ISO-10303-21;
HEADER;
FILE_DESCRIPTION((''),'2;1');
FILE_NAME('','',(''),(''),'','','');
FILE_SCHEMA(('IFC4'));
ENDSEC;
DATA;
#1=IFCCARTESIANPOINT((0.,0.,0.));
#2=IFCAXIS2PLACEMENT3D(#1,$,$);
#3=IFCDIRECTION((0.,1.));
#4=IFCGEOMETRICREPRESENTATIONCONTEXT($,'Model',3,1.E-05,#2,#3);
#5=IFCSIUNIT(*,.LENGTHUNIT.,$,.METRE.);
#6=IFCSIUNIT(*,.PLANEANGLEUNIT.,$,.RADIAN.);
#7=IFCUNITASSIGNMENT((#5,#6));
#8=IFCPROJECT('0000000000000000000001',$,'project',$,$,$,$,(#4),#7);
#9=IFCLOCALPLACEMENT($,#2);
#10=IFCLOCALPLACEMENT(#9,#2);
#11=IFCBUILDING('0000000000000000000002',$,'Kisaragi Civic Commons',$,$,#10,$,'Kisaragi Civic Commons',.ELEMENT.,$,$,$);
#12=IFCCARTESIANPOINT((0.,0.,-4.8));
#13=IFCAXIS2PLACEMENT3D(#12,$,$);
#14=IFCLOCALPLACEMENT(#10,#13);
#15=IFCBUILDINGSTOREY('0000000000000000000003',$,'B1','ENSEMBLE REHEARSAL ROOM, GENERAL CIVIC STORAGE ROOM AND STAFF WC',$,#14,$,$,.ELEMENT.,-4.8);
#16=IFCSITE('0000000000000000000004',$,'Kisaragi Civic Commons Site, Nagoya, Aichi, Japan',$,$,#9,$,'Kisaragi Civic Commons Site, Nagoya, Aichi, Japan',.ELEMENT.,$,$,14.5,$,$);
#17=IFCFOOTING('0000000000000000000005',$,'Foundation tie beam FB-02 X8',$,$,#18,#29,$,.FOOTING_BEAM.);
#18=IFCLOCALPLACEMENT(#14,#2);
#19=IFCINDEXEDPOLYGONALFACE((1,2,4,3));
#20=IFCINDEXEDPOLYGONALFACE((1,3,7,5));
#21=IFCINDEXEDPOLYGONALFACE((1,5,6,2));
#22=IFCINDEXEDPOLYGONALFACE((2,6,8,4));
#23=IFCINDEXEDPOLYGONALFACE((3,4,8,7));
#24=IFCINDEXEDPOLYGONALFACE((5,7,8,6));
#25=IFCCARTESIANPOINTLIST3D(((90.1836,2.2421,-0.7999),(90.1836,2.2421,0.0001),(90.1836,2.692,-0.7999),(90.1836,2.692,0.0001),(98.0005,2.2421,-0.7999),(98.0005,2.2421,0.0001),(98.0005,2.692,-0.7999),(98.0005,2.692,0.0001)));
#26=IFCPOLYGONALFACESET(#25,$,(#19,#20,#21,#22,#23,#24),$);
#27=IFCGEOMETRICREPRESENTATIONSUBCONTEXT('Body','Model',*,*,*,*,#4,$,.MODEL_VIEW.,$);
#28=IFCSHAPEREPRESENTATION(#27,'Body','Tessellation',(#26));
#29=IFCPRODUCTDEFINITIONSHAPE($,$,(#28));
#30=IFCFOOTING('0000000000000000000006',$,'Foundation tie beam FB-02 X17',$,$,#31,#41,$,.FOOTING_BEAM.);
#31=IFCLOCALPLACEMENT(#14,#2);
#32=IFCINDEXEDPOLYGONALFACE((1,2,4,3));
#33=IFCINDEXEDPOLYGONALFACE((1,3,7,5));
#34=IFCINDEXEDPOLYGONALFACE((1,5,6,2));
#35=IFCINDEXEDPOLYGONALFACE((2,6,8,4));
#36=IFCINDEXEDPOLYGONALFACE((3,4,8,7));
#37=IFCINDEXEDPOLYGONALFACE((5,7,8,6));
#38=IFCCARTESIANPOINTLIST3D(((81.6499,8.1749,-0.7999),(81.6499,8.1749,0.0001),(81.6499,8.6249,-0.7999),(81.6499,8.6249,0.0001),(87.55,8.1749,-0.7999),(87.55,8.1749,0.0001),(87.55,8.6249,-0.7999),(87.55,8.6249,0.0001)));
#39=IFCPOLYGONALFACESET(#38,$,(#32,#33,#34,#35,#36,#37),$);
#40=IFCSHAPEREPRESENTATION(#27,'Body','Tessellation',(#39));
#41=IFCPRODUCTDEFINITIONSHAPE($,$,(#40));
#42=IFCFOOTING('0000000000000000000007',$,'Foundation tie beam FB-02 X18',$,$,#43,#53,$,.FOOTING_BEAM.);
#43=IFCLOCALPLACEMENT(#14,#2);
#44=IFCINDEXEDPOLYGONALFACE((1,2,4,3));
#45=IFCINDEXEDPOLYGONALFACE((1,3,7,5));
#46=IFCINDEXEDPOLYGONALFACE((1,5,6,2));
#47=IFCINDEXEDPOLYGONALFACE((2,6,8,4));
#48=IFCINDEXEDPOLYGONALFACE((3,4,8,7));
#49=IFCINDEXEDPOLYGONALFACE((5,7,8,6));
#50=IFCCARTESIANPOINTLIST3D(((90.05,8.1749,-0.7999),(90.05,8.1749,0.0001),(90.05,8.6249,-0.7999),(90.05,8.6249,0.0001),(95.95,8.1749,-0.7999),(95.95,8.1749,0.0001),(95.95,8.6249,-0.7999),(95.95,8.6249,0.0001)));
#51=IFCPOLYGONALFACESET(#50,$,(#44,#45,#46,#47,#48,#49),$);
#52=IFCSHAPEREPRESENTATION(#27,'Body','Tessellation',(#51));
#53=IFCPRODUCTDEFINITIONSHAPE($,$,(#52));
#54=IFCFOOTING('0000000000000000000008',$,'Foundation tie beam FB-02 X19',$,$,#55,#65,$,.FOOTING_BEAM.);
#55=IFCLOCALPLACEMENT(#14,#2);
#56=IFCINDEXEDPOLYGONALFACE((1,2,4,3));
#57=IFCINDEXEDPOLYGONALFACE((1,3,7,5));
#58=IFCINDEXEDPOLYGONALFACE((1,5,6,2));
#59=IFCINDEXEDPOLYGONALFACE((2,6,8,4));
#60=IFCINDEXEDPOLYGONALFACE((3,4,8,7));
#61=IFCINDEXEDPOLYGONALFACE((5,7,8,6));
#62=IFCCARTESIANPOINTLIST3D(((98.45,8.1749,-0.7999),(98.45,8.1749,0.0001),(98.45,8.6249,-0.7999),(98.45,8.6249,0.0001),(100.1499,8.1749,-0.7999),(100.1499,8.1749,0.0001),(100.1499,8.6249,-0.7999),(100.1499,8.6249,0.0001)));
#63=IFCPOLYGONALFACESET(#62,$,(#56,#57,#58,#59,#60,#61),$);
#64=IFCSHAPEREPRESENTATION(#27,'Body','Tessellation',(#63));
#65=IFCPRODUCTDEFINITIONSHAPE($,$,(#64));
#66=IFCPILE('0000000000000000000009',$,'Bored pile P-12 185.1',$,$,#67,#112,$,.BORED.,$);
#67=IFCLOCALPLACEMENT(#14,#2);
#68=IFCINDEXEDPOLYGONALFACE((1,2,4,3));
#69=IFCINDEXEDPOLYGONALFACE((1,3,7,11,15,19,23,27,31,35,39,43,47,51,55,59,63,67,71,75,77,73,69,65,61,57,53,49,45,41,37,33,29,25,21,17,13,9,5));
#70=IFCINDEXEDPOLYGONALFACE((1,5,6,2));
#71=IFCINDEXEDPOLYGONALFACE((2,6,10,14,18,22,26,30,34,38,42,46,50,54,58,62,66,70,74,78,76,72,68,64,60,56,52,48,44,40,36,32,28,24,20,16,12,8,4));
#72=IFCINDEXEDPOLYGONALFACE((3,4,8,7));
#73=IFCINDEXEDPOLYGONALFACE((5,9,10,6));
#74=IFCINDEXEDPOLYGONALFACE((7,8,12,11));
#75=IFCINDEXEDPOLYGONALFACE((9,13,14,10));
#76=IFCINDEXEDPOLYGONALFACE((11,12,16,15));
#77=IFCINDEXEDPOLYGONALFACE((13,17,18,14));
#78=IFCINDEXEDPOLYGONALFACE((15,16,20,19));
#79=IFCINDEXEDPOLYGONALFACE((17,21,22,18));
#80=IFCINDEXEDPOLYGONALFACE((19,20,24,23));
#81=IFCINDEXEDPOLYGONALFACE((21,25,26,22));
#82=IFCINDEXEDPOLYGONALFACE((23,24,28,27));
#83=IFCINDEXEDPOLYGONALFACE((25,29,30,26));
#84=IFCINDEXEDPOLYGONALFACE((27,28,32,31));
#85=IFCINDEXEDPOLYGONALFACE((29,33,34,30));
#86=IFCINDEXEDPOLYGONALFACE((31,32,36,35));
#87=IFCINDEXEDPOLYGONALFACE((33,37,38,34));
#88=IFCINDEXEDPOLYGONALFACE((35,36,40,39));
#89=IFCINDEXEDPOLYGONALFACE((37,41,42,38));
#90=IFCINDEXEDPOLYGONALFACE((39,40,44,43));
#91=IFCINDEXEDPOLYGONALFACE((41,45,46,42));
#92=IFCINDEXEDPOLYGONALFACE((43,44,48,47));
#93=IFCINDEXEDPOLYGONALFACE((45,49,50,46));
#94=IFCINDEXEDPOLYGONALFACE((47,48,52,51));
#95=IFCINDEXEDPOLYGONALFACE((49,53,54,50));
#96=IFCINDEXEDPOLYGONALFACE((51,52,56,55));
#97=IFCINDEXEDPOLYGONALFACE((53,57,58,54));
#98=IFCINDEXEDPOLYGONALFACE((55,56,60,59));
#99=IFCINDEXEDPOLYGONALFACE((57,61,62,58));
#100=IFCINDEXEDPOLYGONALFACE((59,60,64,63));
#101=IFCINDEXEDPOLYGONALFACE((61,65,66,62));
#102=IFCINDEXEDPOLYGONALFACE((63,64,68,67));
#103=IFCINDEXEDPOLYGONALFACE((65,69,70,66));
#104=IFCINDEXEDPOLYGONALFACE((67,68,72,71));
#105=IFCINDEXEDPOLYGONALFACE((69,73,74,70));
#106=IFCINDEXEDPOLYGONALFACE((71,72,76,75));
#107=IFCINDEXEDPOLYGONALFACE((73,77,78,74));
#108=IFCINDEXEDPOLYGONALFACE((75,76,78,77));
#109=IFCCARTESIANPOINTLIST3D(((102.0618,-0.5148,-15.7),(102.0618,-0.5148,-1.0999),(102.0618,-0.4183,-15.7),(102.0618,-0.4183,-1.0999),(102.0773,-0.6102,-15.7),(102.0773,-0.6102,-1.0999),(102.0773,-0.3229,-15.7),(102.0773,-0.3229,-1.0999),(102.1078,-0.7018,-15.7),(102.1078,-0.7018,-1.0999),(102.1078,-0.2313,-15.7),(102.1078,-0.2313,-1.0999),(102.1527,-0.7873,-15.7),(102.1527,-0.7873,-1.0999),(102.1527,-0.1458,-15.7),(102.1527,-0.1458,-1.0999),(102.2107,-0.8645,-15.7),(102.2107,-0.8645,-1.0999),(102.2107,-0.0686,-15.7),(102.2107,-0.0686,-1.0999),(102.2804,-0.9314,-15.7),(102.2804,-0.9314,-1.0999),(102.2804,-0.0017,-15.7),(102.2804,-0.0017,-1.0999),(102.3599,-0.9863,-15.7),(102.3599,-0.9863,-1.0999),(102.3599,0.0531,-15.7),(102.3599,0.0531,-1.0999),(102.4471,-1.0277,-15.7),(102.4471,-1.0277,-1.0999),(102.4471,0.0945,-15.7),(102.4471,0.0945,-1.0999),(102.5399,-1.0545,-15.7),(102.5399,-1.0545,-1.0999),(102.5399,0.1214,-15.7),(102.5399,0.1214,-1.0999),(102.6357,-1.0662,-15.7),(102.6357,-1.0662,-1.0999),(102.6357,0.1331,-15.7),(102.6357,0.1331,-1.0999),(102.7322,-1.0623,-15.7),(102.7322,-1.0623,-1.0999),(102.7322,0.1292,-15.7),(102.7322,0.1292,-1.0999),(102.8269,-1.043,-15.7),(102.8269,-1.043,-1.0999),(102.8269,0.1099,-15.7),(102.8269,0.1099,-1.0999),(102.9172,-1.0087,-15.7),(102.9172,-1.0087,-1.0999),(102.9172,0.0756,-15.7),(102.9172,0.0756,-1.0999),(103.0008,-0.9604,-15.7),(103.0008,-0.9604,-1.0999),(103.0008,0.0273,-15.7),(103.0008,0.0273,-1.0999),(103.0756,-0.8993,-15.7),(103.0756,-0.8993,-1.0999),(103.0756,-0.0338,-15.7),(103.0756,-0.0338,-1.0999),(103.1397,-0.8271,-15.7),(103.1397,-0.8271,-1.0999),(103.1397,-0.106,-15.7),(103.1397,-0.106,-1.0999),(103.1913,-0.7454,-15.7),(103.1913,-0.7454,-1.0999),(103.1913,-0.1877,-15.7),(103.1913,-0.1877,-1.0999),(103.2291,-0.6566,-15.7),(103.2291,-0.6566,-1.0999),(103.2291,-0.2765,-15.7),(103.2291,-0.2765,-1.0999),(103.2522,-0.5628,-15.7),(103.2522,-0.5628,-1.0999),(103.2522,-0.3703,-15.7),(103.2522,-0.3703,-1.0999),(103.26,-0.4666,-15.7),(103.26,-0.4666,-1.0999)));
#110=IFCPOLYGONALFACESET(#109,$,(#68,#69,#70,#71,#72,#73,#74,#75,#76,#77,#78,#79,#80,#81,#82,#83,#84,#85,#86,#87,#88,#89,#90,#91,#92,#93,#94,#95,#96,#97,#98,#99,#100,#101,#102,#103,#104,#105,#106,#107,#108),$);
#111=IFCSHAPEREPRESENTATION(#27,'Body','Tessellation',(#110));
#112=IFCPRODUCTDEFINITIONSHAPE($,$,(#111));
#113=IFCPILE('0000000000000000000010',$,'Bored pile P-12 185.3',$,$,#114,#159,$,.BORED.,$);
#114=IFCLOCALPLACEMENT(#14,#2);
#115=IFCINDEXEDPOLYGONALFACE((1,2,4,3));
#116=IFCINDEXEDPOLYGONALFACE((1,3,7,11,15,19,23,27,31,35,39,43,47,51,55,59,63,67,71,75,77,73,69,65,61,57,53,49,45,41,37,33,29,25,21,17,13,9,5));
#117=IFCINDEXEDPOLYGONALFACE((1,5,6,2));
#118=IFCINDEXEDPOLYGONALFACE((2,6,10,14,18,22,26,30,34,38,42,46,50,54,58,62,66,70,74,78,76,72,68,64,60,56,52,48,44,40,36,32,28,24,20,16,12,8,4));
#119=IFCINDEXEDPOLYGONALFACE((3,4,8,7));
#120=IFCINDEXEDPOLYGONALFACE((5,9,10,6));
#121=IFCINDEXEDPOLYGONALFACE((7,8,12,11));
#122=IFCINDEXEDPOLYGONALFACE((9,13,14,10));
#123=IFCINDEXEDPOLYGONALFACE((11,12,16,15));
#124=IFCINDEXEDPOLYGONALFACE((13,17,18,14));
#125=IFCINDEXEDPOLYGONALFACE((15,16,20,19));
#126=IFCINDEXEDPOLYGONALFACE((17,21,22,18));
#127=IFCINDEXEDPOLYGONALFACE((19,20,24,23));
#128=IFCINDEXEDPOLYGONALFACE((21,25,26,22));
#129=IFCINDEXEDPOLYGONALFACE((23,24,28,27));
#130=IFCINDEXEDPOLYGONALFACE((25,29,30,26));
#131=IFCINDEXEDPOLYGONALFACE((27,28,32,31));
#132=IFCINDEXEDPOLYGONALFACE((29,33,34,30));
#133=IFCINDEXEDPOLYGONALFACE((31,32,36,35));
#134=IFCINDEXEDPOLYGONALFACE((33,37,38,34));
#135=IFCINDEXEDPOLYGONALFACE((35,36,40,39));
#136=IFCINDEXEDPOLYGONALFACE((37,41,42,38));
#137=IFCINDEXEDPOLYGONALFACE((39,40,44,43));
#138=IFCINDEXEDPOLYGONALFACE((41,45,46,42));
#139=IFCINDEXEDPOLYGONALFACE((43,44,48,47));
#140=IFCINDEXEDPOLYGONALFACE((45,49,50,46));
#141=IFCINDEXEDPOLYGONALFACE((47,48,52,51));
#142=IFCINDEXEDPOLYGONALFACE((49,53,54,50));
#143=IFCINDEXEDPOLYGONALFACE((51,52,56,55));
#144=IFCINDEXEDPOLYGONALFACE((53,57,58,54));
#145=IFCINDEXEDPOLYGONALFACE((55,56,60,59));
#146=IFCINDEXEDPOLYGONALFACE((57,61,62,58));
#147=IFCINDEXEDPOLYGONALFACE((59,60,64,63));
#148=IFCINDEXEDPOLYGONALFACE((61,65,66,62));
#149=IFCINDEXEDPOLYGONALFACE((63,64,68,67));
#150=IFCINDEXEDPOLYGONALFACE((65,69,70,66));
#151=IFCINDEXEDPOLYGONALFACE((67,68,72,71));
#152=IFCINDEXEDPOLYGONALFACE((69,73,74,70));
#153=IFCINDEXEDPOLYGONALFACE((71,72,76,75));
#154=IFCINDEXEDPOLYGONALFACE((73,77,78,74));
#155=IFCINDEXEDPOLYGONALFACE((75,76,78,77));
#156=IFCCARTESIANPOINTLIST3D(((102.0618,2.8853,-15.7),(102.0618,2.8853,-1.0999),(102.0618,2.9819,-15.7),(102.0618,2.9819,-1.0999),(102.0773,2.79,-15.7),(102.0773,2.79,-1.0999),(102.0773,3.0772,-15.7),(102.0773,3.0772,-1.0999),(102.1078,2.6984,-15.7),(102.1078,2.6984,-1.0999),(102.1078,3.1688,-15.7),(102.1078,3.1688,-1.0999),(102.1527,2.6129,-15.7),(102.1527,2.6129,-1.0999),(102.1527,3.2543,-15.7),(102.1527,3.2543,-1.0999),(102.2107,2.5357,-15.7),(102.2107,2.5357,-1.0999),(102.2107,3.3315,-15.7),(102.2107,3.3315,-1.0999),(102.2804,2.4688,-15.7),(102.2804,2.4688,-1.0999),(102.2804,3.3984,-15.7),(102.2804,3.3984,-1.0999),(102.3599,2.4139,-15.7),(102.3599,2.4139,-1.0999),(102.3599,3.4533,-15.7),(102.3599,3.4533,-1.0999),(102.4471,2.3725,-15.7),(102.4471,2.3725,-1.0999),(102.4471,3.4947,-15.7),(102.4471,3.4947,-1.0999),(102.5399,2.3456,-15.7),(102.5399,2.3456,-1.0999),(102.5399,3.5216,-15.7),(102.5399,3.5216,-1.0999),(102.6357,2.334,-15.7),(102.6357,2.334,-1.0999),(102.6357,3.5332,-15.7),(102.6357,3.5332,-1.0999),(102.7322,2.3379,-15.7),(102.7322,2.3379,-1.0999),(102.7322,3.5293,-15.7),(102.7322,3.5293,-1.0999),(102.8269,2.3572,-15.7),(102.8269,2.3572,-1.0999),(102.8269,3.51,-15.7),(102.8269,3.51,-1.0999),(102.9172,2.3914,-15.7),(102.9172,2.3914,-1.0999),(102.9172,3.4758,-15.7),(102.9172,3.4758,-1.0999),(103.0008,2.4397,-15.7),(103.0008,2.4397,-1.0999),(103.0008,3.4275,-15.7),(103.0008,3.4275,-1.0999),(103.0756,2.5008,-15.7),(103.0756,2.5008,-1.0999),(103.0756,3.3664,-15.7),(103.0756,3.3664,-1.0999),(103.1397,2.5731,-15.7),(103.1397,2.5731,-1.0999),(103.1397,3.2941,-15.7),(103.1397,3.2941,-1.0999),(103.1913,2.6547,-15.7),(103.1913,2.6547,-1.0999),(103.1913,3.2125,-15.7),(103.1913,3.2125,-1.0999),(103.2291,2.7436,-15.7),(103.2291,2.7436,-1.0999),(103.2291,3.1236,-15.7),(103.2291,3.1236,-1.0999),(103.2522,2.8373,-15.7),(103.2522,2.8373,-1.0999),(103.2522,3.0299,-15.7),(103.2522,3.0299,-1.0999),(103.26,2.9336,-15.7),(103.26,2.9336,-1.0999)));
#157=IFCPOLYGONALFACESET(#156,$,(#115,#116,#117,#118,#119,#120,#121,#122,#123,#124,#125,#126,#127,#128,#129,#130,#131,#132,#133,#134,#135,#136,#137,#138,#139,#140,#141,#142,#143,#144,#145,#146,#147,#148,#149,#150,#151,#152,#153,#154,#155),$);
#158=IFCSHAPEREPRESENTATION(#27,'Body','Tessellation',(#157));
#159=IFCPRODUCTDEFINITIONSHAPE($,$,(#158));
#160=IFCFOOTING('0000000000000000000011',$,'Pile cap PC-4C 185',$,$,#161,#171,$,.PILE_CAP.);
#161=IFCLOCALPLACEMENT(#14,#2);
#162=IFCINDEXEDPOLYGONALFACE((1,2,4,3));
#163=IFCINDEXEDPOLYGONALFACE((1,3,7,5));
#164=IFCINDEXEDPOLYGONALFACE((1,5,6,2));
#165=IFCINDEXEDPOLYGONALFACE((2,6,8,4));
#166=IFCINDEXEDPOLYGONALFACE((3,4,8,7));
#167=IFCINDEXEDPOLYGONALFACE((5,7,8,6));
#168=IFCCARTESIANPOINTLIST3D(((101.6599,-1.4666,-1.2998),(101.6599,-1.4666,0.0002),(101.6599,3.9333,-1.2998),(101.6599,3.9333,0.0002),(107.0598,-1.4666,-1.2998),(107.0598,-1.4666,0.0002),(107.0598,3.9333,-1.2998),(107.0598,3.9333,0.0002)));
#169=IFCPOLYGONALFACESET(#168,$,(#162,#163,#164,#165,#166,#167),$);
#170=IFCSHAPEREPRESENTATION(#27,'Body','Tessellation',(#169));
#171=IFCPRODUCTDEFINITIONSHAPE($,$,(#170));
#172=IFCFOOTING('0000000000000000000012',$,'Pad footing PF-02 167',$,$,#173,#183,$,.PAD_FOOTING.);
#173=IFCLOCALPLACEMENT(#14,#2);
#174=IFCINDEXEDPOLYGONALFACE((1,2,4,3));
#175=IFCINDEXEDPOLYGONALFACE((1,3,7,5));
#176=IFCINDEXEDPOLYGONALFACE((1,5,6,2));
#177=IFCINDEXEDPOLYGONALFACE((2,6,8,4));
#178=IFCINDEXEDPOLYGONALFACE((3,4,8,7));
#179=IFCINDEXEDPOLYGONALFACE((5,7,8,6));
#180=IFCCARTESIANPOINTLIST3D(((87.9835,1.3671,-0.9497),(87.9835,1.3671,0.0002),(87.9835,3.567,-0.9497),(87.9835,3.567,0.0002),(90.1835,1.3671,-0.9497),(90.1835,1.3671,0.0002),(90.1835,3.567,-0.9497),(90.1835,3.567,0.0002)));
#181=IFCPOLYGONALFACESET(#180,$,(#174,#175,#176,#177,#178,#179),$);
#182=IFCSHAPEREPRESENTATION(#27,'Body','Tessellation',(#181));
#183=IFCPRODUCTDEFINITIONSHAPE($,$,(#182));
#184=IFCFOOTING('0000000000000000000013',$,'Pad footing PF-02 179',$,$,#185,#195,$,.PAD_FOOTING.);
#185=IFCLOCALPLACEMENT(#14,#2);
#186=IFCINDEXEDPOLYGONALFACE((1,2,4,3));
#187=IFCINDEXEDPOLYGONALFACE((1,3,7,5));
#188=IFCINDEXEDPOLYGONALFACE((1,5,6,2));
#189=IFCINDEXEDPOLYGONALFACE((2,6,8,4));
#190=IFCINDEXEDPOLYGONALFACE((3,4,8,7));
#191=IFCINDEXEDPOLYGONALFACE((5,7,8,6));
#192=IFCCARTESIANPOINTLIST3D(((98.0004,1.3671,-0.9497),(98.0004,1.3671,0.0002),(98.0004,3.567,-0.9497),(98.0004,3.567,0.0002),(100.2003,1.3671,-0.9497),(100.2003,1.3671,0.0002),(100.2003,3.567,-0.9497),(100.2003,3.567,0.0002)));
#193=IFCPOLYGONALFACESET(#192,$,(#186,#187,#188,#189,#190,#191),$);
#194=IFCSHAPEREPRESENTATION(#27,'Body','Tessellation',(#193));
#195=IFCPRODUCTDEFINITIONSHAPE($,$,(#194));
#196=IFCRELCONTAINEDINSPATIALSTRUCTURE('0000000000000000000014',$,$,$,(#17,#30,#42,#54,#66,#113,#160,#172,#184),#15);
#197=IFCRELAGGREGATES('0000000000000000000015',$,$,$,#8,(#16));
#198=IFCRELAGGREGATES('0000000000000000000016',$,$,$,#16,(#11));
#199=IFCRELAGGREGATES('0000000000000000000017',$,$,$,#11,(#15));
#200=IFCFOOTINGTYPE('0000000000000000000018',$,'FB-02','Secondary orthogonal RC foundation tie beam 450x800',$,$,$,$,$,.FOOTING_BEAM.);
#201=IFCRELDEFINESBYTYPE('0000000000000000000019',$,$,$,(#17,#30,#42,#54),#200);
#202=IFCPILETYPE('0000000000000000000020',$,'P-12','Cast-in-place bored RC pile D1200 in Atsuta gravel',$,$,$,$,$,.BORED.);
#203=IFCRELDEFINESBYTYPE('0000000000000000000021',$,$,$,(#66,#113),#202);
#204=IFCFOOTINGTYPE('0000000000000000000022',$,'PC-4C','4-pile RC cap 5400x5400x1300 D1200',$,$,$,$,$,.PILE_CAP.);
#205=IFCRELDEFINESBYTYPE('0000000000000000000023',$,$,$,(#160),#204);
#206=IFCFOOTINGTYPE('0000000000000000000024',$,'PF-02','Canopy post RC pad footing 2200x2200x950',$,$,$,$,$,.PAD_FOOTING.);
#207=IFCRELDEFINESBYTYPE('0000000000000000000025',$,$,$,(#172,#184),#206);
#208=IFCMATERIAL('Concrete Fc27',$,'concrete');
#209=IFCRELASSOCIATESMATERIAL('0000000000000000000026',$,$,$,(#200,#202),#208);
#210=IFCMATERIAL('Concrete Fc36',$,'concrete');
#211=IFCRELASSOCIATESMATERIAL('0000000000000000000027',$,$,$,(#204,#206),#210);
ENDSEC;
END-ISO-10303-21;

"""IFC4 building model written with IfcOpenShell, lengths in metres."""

from ifc_helpers import new_model, si_unit, direction, frame, origin, origin_2d, place, context, subcontext, project, spatial, rectangle, circle, extrude, material, material_profile, profile_set, type_object, element, save


model = new_model("IFC4")

# Units and contexts
model_context = context("Model", 3, precision=1e-05, world=origin(), true_north=direction((0.0, 1.0)))
body_context = subcontext(model_context, "Body", "Model", "MODEL_VIEW")
ifc_project = project(units=[si_unit("LENGTHUNIT", "METRE"), si_unit("PLANEANGLEUNIT", "RADIAN")], contexts=[model_context])

# Site, building, storey
site_placement = place(None, origin())
site = spatial("IfcSite", under=ifc_project, at=site_placement, Name="Kisaragi Civic Commons Site, Nagoya, Aichi, Japan", LongName="Kisaragi Civic Commons Site, Nagoya, Aichi, Japan", CompositionType="ELEMENT", RefElevation=14.5)
building_placement = place(site_placement, origin())
building = spatial("IfcBuilding", under=site, at=building_placement, Name="Kisaragi Civic Commons", LongName="Kisaragi Civic Commons", CompositionType="ELEMENT")
storey_placement = place(building_placement, frame((0.0, 0.0, -4.8)))
storey = spatial("IfcBuildingStorey", under=building, at=storey_placement, Name="B1", Description="ENSEMBLE REHEARSAL ROOM, GENERAL CIVIC STORAGE ROOM AND STAFF WC", CompositionType="ELEMENT", Elevation=-4.8)

# Footings
ifc_material_1 = material(Name="Concrete Fc27", Category="concrete")
ifc_material_profile_1 = material_profile(ifc_material_1, rectangle(XDim=0.45, YDim=0.8, at=origin_2d()), Name="RC-450x800", Category="concrete")
ifc_profile_set_1 = profile_set([ifc_material_profile_1], Name="Concrete Fc27")
footing_type_1 = type_object("IfcFootingType", Name="FB-02", Description="Secondary orthogonal RC foundation tie beam 450x800", PredefinedType="FOOTING_BEAM", material=ifc_profile_set_1)
footing_1_placement = place(storey_placement, frame((90.1836, 2.467, -0.3999), z_axis=(1.0, 0.0, 0.0), x_axis=(0.0, 1.0, 0.0)))
element("IfcFooting", 1, at=footing_1_placement, inside=storey, type_object=footing_type_1, Name="Foundation tie beam FB-02 X8", PredefinedType="FOOTING_BEAM", context=body_context, shape_type="SweptSolid", body=[
    extrude(rectangle(XDim=0.45, YDim=0.8, at=origin_2d()), origin(), (0.0, 0.0, 1.0), 7.8169),
])
footing_2_placement = place(storey_placement, frame((81.6499, 8.3999, -0.3999), z_axis=(1.0, 0.0, 0.0), x_axis=(0.0, 1.0, 0.0)))
element("IfcFooting", 2, at=footing_2_placement, inside=storey, type_object=footing_type_1, Name="Foundation tie beam FB-02 X17", PredefinedType="FOOTING_BEAM", context=body_context, shape_type="SweptSolid", body=[
    extrude(rectangle(XDim=0.45, YDim=0.8, at=origin_2d()), origin(), (0.0, 0.0, 1.0), 5.9001),
])
footing_3_placement = place(storey_placement, frame((90.05, 8.3999, -0.3999), z_axis=(1.0, 0.0, 0.0), x_axis=(0.0, 1.0, 0.0)))
element("IfcFooting", 3, at=footing_3_placement, inside=storey, type_object=footing_type_1, Name="Foundation tie beam FB-02 X18", PredefinedType="FOOTING_BEAM", context=body_context, shape_type="SweptSolid", body=[
    extrude(rectangle(XDim=0.45, YDim=0.8, at=origin_2d()), origin(), (0.0, 0.0, 1.0), 5.8999),
])
footing_4_placement = place(storey_placement, frame((98.45, 8.3999, -0.3999), z_axis=(1.0, 0.0, 0.0), x_axis=(0.0, 1.0, 0.0)))
element("IfcFooting", 4, at=footing_4_placement, inside=storey, type_object=footing_type_1, Name="Foundation tie beam FB-02 X19", PredefinedType="FOOTING_BEAM", context=body_context, shape_type="SweptSolid", body=[
    extrude(rectangle(XDim=0.45, YDim=0.8, at=origin_2d()), origin(), (0.0, 0.0, 1.0), 1.7),
])

# Piles
ifc_material_profile_2 = material_profile(ifc_material_1, circle(Radius=0.6001, at=origin_2d()), Name="PILE-D1200", Category="concrete")
ifc_profile_set_2 = profile_set([ifc_material_profile_2], Name="Concrete Fc27")
pile_type = type_object("IfcPileType", Name="P-12", Description="Cast-in-place bored RC pile D1200 in Atsuta gravel", PredefinedType="BORED", material=ifc_profile_set_2)
for number, where, z_axis, x_axis, name in (
    (5, (102.6599, -0.4666, -1.0999), (0.0, 0.0, -1.0), (1.0, 0.0, 0.0), "Bored pile P-12 185.1"),
    (6, (102.6599, 2.9336, -1.0999), (0.0, 0.0, -1.0), (1.0, 0.0, 0.0), "Bored pile P-12 185.3"),
):
    element("IfcPile", number, at=place(storey_placement, frame(where, z_axis=z_axis, x_axis=x_axis)), inside=storey, type_object=pile_type, Name=name, PredefinedType="BORED", context=body_context, shape_type="SweptSolid", body=[
        extrude(circle(Radius=0.6001, at=origin_2d()), origin(), (0.0, 0.0, 1.0), 14.6001),
    ])

# Footings
ifc_material_2 = material(Name="Concrete Fc36", Category="concrete")
footing_type_2 = type_object("IfcFootingType", Name="PC-4C", Description="4-pile RC cap 5400x5400x1300 D1200", PredefinedType="PILE_CAP", material=ifc_material_2)
footing_5_placement = place(storey_placement, frame((104.3599, 1.2334, -1.2998), z_axis=(0.0, 0.0, 1.0), x_axis=(1.0, 0.0, 0.0)))
element("IfcFooting", 7, at=footing_5_placement, inside=storey, type_object=footing_type_2, Name="Pile cap PC-4C 185", PredefinedType="PILE_CAP", context=body_context, shape_type="SweptSolid", body=[
    extrude(rectangle(XDim=5.3999, YDim=5.3999, at=origin_2d()), origin(), (0.0, 0.0, 1.0), 1.3),
])
footing_type_3 = type_object("IfcFootingType", Name="PF-02", Description="Canopy post RC pad footing 2200x2200x950", PredefinedType="PAD_FOOTING", material=ifc_material_2)
for number, where, z_axis, x_axis, name in (
    (8, (89.0835, 2.467, -0.9497), (0.0, 0.0, 1.0), (1.0, 0.0, 0.0), "Pad footing PF-02 167"),
    (9, (99.1003, 2.467, -0.9497), (0.0, 0.0, 1.0), (1.0, 0.0, 0.0), "Pad footing PF-02 179"),
):
    element("IfcFooting", number, at=place(storey_placement, frame(where, z_axis=z_axis, x_axis=x_axis)), inside=storey, type_object=footing_type_3, Name=name, PredefinedType="PAD_FOOTING", context=body_context, shape_type="SweptSolid", body=[
        extrude(rectangle(XDim=2.2, YDim=2.2, at=origin_2d()), origin(), (0.0, 0.0, 1.0), 0.95),
    ])

save(model, "model.ifc")
